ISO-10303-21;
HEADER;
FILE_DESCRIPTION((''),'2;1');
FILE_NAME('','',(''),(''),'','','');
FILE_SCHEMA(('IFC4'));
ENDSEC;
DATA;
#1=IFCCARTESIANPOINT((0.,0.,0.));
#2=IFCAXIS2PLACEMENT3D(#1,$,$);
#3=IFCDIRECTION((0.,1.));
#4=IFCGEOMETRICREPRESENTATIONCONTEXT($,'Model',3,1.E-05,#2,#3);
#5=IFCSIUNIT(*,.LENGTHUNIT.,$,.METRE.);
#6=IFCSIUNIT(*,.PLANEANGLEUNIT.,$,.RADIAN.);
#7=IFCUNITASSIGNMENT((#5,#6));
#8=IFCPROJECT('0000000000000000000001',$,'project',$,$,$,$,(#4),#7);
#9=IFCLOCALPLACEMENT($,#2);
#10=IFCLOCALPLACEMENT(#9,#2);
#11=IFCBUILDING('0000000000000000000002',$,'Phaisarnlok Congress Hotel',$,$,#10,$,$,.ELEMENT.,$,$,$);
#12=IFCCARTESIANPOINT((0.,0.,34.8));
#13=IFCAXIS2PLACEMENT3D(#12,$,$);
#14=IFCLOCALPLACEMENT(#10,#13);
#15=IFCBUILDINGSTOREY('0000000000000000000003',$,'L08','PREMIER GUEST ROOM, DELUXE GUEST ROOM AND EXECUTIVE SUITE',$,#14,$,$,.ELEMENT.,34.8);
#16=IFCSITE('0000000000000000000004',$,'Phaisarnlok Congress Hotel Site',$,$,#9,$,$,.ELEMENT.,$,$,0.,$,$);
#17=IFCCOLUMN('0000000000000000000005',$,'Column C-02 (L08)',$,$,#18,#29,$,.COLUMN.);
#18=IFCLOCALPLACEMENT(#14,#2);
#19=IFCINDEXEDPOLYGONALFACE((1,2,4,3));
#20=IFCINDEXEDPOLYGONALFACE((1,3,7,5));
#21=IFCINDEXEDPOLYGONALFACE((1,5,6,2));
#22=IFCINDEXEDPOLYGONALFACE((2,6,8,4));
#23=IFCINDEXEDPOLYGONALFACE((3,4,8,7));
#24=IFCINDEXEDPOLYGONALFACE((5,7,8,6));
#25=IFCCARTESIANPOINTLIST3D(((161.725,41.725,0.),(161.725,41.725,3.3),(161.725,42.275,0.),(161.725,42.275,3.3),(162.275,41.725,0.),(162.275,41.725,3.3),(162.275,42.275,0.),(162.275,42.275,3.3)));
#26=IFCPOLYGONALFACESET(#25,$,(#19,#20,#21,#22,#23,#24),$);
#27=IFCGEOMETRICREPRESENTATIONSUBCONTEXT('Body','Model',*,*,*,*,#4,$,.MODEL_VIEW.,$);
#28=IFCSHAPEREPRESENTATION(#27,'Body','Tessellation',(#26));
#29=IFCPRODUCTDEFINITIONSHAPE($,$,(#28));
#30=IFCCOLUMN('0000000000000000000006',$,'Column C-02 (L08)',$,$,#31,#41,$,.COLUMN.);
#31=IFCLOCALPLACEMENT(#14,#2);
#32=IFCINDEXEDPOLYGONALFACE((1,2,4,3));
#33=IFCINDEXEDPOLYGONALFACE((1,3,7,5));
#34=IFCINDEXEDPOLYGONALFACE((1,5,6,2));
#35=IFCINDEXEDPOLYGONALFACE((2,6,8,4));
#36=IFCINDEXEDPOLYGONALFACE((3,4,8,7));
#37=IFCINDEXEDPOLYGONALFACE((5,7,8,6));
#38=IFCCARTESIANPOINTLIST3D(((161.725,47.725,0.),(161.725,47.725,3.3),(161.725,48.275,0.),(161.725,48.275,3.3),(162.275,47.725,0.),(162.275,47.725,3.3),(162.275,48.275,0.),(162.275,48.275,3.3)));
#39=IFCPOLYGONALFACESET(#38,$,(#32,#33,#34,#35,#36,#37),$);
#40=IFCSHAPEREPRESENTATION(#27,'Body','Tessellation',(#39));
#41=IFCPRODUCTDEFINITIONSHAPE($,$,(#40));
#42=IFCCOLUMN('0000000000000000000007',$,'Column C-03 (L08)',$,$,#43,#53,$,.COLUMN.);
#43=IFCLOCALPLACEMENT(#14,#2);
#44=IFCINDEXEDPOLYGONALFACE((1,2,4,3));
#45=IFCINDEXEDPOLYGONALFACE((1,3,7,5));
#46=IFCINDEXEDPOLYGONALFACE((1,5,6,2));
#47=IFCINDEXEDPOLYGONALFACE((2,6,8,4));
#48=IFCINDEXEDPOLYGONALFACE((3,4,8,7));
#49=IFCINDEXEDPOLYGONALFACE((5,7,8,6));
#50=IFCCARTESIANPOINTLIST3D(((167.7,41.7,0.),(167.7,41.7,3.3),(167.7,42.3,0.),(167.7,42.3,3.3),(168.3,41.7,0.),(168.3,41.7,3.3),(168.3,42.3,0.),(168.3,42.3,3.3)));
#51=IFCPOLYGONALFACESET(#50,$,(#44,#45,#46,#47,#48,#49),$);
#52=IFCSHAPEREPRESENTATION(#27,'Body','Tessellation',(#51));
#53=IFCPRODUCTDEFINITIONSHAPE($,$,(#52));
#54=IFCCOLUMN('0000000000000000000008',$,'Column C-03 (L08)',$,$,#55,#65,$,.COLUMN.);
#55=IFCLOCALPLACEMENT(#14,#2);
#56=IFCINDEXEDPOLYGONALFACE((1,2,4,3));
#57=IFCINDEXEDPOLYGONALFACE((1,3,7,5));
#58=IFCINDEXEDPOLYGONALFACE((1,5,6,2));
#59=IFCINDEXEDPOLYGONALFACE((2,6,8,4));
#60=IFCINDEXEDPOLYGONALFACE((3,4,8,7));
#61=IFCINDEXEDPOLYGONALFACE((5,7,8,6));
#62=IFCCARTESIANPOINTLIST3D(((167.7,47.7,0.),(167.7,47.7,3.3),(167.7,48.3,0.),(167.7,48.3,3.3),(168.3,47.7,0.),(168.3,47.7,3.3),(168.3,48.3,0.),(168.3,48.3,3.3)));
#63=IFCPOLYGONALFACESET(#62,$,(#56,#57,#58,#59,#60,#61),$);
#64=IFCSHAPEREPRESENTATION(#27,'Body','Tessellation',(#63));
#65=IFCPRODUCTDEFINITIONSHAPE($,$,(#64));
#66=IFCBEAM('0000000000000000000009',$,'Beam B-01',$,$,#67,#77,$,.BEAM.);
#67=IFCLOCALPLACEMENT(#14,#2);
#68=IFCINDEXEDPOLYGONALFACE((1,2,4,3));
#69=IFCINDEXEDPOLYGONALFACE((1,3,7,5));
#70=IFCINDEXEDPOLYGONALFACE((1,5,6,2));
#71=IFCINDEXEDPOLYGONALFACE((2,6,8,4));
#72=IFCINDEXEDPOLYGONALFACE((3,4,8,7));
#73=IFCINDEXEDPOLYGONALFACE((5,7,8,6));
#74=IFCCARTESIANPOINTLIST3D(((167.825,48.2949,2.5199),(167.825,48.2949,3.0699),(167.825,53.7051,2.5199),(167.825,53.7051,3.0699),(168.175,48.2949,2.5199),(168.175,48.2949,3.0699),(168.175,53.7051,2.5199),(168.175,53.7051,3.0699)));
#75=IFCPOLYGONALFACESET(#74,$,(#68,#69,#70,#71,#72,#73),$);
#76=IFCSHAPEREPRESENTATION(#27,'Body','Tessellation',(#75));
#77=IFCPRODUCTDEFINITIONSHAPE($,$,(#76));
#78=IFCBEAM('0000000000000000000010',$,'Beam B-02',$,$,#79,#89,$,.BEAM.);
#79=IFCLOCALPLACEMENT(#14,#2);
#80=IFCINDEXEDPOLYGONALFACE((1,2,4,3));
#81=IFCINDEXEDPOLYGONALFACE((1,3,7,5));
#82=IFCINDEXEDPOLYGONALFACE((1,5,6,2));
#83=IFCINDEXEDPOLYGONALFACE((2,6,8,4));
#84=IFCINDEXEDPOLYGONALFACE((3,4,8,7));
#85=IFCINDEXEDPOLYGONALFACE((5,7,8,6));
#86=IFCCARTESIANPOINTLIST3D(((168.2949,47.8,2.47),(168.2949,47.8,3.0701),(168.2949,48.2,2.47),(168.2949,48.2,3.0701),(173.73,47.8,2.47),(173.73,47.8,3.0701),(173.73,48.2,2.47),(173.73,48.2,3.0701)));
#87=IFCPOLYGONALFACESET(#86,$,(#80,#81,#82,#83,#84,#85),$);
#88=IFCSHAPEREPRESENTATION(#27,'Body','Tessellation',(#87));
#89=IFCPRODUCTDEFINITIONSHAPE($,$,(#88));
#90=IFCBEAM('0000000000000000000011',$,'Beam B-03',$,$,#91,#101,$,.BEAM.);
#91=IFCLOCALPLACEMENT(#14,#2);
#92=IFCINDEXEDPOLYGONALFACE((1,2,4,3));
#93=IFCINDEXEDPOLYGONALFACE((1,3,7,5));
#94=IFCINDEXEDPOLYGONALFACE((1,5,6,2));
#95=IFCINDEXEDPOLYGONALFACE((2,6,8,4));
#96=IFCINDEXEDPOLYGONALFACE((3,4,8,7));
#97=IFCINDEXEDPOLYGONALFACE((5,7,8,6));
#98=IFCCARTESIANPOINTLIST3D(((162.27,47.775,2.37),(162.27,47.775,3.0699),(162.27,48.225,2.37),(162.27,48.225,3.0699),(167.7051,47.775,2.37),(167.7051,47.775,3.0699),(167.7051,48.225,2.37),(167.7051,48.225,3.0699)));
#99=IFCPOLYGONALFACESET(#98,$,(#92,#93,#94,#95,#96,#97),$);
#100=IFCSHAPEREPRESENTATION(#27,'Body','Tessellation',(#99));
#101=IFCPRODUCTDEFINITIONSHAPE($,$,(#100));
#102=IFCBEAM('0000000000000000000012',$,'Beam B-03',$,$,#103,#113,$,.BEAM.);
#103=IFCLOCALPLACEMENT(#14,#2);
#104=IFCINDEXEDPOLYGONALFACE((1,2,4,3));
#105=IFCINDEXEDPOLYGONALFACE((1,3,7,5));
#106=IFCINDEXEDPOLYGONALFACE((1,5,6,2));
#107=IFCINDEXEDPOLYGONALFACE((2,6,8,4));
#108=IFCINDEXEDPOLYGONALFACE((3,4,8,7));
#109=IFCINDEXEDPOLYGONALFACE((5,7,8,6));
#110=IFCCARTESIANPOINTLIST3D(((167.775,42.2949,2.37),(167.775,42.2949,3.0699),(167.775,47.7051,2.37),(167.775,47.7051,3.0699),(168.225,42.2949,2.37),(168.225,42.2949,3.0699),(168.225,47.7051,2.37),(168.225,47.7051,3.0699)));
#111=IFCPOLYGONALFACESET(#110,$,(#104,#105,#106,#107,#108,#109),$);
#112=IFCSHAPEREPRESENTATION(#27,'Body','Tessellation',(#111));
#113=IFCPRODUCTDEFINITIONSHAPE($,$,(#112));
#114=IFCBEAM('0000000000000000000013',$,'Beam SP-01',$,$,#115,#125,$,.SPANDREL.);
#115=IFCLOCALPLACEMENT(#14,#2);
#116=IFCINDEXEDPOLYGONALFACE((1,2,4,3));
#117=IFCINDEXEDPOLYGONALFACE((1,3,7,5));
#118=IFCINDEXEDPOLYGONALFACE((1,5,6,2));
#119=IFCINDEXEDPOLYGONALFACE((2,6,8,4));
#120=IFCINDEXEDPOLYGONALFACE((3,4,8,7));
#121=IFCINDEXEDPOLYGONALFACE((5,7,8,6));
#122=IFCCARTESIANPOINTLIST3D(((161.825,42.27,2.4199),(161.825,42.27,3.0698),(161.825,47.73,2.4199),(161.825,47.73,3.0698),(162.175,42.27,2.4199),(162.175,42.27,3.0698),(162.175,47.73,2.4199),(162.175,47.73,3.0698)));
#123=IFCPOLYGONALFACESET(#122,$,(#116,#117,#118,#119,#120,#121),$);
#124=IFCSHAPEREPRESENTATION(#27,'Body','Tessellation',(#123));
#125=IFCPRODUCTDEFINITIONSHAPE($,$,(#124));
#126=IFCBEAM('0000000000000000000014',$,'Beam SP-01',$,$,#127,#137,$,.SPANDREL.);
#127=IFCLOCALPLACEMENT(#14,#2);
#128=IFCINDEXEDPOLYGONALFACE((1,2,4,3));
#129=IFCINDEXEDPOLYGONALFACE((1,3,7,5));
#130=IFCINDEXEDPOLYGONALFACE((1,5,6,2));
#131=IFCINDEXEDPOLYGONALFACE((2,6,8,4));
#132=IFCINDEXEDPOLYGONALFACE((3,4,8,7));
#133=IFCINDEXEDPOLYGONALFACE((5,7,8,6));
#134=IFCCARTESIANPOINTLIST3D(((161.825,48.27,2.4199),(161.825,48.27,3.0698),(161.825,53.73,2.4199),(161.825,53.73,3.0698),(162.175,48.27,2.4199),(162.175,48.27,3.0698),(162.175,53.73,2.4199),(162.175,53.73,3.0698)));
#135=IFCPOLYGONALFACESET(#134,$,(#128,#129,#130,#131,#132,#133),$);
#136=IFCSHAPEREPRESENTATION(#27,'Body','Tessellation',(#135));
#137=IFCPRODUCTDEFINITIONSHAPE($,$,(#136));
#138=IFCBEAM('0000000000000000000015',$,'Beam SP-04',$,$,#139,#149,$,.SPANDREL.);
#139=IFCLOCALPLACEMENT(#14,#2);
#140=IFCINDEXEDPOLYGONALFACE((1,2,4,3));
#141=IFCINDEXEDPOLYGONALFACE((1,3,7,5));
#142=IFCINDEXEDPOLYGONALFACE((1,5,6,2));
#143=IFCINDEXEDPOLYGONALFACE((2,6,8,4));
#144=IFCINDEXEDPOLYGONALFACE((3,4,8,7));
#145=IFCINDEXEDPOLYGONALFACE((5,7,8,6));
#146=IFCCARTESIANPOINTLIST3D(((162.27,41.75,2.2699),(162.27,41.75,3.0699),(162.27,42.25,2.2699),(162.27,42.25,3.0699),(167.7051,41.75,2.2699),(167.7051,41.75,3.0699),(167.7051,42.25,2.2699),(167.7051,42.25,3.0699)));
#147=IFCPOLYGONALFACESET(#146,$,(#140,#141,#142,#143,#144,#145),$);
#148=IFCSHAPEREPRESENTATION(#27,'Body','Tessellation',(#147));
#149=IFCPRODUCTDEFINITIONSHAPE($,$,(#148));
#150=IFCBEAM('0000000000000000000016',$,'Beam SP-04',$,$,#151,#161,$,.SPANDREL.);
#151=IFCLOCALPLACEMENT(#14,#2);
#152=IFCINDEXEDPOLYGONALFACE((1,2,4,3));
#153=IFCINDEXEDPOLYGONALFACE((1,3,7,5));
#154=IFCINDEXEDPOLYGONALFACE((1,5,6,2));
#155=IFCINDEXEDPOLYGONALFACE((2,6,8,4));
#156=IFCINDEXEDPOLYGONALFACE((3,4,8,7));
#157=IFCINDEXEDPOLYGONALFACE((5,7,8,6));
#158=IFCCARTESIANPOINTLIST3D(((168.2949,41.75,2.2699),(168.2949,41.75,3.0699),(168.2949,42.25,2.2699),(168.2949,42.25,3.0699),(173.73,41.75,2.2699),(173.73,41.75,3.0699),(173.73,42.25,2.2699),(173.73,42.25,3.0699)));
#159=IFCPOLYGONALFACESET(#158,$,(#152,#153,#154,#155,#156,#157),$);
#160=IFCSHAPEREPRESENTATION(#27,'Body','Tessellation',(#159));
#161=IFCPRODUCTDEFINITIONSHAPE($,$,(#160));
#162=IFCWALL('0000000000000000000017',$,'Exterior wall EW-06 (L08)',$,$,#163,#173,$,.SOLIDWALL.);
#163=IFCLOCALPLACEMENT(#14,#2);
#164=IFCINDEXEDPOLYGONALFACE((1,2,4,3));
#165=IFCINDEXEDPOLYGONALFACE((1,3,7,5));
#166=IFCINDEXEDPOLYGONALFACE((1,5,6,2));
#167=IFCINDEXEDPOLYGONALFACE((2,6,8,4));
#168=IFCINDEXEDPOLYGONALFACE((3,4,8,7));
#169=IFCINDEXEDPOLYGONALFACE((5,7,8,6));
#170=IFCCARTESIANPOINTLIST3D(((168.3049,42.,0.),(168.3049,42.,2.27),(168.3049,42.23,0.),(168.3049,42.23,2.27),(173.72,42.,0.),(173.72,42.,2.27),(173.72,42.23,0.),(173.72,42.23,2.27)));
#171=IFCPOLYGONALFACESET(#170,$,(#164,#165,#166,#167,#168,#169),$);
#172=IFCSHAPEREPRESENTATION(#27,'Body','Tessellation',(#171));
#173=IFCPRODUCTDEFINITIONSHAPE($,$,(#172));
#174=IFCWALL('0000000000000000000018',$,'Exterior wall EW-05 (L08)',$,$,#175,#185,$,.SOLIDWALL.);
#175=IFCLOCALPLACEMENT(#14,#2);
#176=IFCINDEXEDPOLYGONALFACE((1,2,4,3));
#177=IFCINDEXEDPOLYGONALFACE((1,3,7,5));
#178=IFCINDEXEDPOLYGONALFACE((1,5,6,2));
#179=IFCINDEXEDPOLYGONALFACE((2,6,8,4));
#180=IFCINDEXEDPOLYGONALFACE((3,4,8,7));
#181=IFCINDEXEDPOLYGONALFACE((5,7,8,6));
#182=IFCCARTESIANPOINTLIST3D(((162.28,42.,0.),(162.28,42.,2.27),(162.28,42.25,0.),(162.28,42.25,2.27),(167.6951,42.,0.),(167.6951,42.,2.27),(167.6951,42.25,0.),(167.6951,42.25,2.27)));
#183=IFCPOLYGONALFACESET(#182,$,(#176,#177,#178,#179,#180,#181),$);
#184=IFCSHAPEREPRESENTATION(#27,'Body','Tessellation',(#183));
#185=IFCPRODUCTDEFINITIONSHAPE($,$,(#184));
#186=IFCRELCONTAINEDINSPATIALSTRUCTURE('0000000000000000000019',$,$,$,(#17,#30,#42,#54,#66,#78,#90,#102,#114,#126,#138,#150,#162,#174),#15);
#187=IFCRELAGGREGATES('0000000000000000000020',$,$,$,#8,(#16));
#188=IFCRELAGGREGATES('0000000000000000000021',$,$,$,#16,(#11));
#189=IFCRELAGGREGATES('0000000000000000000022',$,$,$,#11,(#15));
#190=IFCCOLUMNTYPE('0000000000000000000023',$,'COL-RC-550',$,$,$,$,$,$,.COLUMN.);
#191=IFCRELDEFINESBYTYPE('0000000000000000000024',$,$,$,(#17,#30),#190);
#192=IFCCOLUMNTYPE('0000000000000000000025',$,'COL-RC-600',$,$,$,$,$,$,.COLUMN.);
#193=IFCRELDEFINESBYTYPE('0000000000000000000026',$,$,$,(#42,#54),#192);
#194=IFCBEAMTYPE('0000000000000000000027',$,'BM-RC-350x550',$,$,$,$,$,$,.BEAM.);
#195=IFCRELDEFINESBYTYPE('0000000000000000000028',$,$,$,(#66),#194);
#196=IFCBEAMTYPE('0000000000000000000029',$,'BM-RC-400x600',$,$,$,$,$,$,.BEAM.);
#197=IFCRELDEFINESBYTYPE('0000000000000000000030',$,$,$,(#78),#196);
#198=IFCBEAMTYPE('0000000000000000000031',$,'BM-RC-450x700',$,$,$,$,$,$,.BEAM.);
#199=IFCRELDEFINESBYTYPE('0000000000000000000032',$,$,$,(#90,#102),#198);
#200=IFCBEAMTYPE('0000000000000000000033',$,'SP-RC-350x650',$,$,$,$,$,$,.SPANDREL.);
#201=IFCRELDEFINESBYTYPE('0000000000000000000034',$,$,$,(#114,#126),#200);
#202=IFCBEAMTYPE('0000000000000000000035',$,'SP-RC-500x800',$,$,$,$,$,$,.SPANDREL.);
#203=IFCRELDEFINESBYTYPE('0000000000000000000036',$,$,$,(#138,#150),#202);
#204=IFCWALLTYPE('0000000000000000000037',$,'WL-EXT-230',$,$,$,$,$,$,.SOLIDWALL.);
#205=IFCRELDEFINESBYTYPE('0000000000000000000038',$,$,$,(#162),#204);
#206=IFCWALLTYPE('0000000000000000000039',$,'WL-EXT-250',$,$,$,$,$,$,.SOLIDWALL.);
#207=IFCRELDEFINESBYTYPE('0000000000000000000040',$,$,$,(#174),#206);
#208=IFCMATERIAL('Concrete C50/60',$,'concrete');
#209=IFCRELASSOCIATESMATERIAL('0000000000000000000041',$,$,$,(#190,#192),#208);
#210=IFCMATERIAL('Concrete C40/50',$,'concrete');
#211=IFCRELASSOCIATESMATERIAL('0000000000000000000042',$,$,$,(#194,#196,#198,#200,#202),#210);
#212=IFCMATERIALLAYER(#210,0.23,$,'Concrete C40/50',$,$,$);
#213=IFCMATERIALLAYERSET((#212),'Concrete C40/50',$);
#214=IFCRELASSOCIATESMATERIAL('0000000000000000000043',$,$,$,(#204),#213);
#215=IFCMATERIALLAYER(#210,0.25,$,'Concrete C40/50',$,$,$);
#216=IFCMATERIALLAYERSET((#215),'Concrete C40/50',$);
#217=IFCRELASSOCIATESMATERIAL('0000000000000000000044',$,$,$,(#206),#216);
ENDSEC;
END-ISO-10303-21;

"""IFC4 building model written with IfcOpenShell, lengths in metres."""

from ifc_helpers import new_model, si_unit, direction, frame, frame_2d, origin, origin_2d, place, context, subcontext, project, spatial, rectangle, extrude, material, layer, layer_set, material_profile, profile_set, type_object, element, save


model = new_model("IFC4")

# Units and contexts
model_context = context("Model", 3, precision=1e-05, world=origin(), true_north=direction((0.0, 1.0)))
body_context = subcontext(model_context, "Body", "Model", "MODEL_VIEW")
ifc_project = project(units=[si_unit("LENGTHUNIT", "METRE"), si_unit("PLANEANGLEUNIT", "RADIAN")], contexts=[model_context])

# Site, building, storey
site_placement = place(None, origin())
site = spatial("IfcSite", under=ifc_project, at=site_placement, Name="Phaisarnlok Congress Hotel Site", CompositionType="ELEMENT", RefElevation=0.0)
building_placement = place(site_placement, origin())
building = spatial("IfcBuilding", under=site, at=building_placement, Name="Phaisarnlok Congress Hotel", CompositionType="ELEMENT")
storey_placement = place(building_placement, frame((0.0, 0.0, 34.8)))
storey = spatial("IfcBuildingStorey", under=building, at=storey_placement, Name="L08", Description="PREMIER GUEST ROOM, DELUXE GUEST ROOM AND EXECUTIVE SUITE", CompositionType="ELEMENT", Elevation=34.8)

# Columns
ifc_material_1 = material(Name="Concrete C50/60", Category="concrete")
ifc_material_profile_1 = material_profile(ifc_material_1, rectangle(XDim=0.55, YDim=0.55, at=origin_2d()), Name="RC 550x550")
ifc_profile_set_1 = profile_set([ifc_material_profile_1], Name="Concrete C50/60")
column_type_1 = type_object("IfcColumnType", Name="COL-RC-550", PredefinedType="COLUMN", material=ifc_profile_set_1)
for number, where, z_axis, x_axis, name in (
    (1, (162.0, 42.0, 0.0), (0.0, 0.0, 1.0), (1.0, 0.0, 0.0), "Column C-02 (L08)"),
    (2, (162.0, 48.0, 0.0), (0.0, 0.0, 1.0), (1.0, 0.0, 0.0), "Column C-02 (L08)"),
):
    element("IfcColumn", number, at=place(storey_placement, frame(where, z_axis=z_axis, x_axis=x_axis)), inside=storey, type_object=column_type_1, Name=name, PredefinedType="COLUMN", context=body_context, shape_type="SweptSolid", body=[
        extrude(rectangle(XDim=0.55, YDim=0.55, at=origin_2d()), origin(), (0.0, 0.0, 1.0), 3.3),
    ])
ifc_material_profile_2 = material_profile(ifc_material_1, rectangle(XDim=0.6001, YDim=0.6001, at=origin_2d()), Name="RC 600x600")
ifc_profile_set_2 = profile_set([ifc_material_profile_2], Name="Concrete C50/60")
column_type_2 = type_object("IfcColumnType", Name="COL-RC-600", PredefinedType="COLUMN", material=ifc_profile_set_2)
for number, where, z_axis, x_axis, name in (
    (3, (168.0, 42.0, 0.0), (0.0, 0.0, 1.0), (1.0, 0.0, 0.0), "Column C-03 (L08)"),
    (4, (168.0, 48.0, 0.0), (0.0, 0.0, 1.0), (1.0, 0.0, 0.0), "Column C-03 (L08)"),
):
    element("IfcColumn", number, at=place(storey_placement, frame(where, z_axis=z_axis, x_axis=x_axis)), inside=storey, type_object=column_type_2, Name=name, PredefinedType="COLUMN", context=body_context, shape_type="SweptSolid", body=[
        extrude(rectangle(XDim=0.6001, YDim=0.6001, at=origin_2d()), origin(), (0.0, 0.0, 1.0), 3.3),
    ])

# Beams
ifc_material_2 = material(Name="Concrete C40/50", Category="concrete")
ifc_material_profile_3 = material_profile(ifc_material_2, rectangle(XDim=0.3501, YDim=0.55, at=origin_2d()), Name="RC 350x550")
ifc_profile_set_3 = profile_set([ifc_material_profile_3], Name="Concrete C40/50")
beam_type_1 = type_object("IfcBeamType", Name="BM-RC-350x550", PredefinedType="BEAM", material=ifc_profile_set_3)
beam_1_placement = place(storey_placement, frame((168.0, 48.2949, 2.7949), z_axis=(0.0, 1.0, 0.0), x_axis=(-1.0, 0.0, 0.0)))
element("IfcBeam", 5, at=beam_1_placement, inside=storey, type_object=beam_type_1, Name="Beam B-01", PredefinedType="BEAM", context=body_context, shape_type="SweptSolid", body=[
    extrude(rectangle(XDim=0.3501, YDim=0.55, at=origin_2d()), origin(), (0.0, 0.0, 1.0), 5.4102),
])
ifc_material_profile_4 = material_profile(ifc_material_2, rectangle(XDim=0.3999, YDim=0.6001, at=origin_2d()), Name="RC 400x600")
ifc_profile_set_4 = profile_set([ifc_material_profile_4], Name="Concrete C40/50")
beam_type_2 = type_object("IfcBeamType", Name="BM-RC-400x600", PredefinedType="BEAM", material=ifc_profile_set_4)
beam_2_placement = place(storey_placement, frame((168.2949, 48.0, 2.77), z_axis=(1.0, 0.0, 0.0), x_axis=(0.0, 1.0, 0.0)))
element("IfcBeam", 6, at=beam_2_placement, inside=storey, type_object=beam_type_2, Name="Beam B-02", PredefinedType="BEAM", context=body_context, shape_type="SweptSolid", body=[
    extrude(rectangle(XDim=0.3999, YDim=0.6001, at=origin_2d()), origin(), (0.0, 0.0, 1.0), 5.4351),
])
ifc_material_profile_5 = material_profile(ifc_material_2, rectangle(XDim=0.45, YDim=0.7, at=origin_2d()), Name="RC 450x700")
ifc_profile_set_5 = profile_set([ifc_material_profile_5], Name="Concrete C40/50")
beam_type_3 = type_object("IfcBeamType", Name="BM-RC-450x700", PredefinedType="BEAM", material=ifc_profile_set_5)
beam_3_placement = place(storey_placement, frame((162.27, 48.0, 2.72), z_axis=(1.0, 0.0, 0.0), x_axis=(0.0, 1.0, 0.0)))
element("IfcBeam", 7, at=beam_3_placement, inside=storey, type_object=beam_type_3, Name="Beam B-03", PredefinedType="BEAM", context=body_context, shape_type="SweptSolid", body=[
    extrude(rectangle(XDim=0.45, YDim=0.7, at=origin_2d()), origin(), (0.0, 0.0, 1.0), 5.4351),
])
beam_4_placement = place(storey_placement, frame((168.0, 42.2949, 2.72), z_axis=(0.0, 1.0, 0.0), x_axis=(-1.0, 0.0, 0.0)))
element("IfcBeam", 8, at=beam_4_placement, inside=storey, type_object=beam_type_3, Name="Beam B-03", PredefinedType="BEAM", context=body_context, shape_type="SweptSolid", body=[
    extrude(rectangle(XDim=0.45, YDim=0.7, at=origin_2d()), origin(), (0.0, 0.0, 1.0), 5.4102),
])
ifc_material_profile_6 = material_profile(ifc_material_2, rectangle(XDim=0.3501, YDim=0.6499, at=origin_2d()), Name="RC 350x650")
ifc_profile_set_6 = profile_set([ifc_material_profile_6], Name="Concrete C40/50")
beam_type_4 = type_object("IfcBeamType", Name="SP-RC-350x650", PredefinedType="SPANDREL", material=ifc_profile_set_6)
for number, where, z_axis, x_axis, name in (
    (9, (162.0, 42.27, 2.7449), (0.0, 1.0, 0.0), (-1.0, 0.0, 0.0), "Beam SP-01"),
    (10, (162.0, 48.27, 2.7449), (0.0, 1.0, 0.0), (-1.0, 0.0, 0.0), "Beam SP-01"),
):
    element("IfcBeam", number, at=place(storey_placement, frame(where, z_axis=z_axis, x_axis=x_axis)), inside=storey, type_object=beam_type_4, Name=name, PredefinedType="SPANDREL", context=body_context, shape_type="SweptSolid", body=[
        extrude(rectangle(XDim=0.3501, YDim=0.6499, at=origin_2d()), origin(), (0.0, 0.0, 1.0), 5.46),
    ])
ifc_material_profile_7 = material_profile(ifc_material_2, rectangle(XDim=0.5, YDim=0.8, at=origin_2d()), Name="RC 500x800")
ifc_profile_set_7 = profile_set([ifc_material_profile_7], Name="Concrete C40/50")
beam_type_5 = type_object("IfcBeamType", Name="SP-RC-500x800", PredefinedType="SPANDREL", material=ifc_profile_set_7)
for number, where, z_axis, x_axis, name in (
    (11, (162.27, 42.0, 2.6699), (1.0, 0.0, 0.0), (0.0, 1.0, 0.0), "Beam SP-04"),
    (12, (168.2949, 42.0, 2.6699), (1.0, 0.0, 0.0), (0.0, 1.0, 0.0), "Beam SP-04"),
):
    element("IfcBeam", number, at=place(storey_placement, frame(where, z_axis=z_axis, x_axis=x_axis)), inside=storey, type_object=beam_type_5, Name=name, PredefinedType="SPANDREL", context=body_context, shape_type="SweptSolid", body=[
        extrude(rectangle(XDim=0.5, YDim=0.8, at=origin_2d()), origin(), (0.0, 0.0, 1.0), 5.4351),
    ])

# Walls
ifc_layer_1 = layer(ifc_material_2, 0.23, Name="Concrete C40/50")
ifc_layer_set_1 = layer_set([ifc_layer_1], Name="Concrete C40/50")
wall_type_1 = type_object("IfcWallType", Name="WL-EXT-230", PredefinedType="SOLIDWALL", material=ifc_layer_set_1)
wall_1_placement = place(storey_placement, frame((168.3049, 42.115, 0.0), z_axis=(0.0, 0.0, 1.0), x_axis=(1.0, 0.0, 0.0)))
element("IfcWall", 13, at=wall_1_placement, inside=storey, type_object=wall_type_1, Name="Exterior wall EW-06 (L08)", PredefinedType="SOLIDWALL", context=body_context, shape_type="SweptSolid", body=[
    extrude(rectangle(XDim=5.415, YDim=0.23, at=frame_2d((2.7075, 0.0))), origin(), (0.0, 0.0, 1.0), 2.27),
])
ifc_layer_2 = layer(ifc_material_2, 0.25, Name="Concrete C40/50")
ifc_layer_set_2 = layer_set([ifc_layer_2], Name="Concrete C40/50")
wall_type_2 = type_object("IfcWallType", Name="WL-EXT-250", PredefinedType="SOLIDWALL", material=ifc_layer_set_2)
wall_2_placement = place(storey_placement, frame((162.28, 42.125, 0.0), z_axis=(0.0, 0.0, 1.0), x_axis=(1.0, 0.0, 0.0)))
element("IfcWall", 14, at=wall_2_placement, inside=storey, type_object=wall_type_2, Name="Exterior wall EW-05 (L08)", PredefinedType="SOLIDWALL", context=body_context, shape_type="SweptSolid", body=[
    extrude(rectangle(XDim=5.415, YDim=0.25, at=frame_2d((2.7075, 0.0))), origin(), (0.0, 0.0, 1.0), 2.27),
])

save(model, "model.ifc")
